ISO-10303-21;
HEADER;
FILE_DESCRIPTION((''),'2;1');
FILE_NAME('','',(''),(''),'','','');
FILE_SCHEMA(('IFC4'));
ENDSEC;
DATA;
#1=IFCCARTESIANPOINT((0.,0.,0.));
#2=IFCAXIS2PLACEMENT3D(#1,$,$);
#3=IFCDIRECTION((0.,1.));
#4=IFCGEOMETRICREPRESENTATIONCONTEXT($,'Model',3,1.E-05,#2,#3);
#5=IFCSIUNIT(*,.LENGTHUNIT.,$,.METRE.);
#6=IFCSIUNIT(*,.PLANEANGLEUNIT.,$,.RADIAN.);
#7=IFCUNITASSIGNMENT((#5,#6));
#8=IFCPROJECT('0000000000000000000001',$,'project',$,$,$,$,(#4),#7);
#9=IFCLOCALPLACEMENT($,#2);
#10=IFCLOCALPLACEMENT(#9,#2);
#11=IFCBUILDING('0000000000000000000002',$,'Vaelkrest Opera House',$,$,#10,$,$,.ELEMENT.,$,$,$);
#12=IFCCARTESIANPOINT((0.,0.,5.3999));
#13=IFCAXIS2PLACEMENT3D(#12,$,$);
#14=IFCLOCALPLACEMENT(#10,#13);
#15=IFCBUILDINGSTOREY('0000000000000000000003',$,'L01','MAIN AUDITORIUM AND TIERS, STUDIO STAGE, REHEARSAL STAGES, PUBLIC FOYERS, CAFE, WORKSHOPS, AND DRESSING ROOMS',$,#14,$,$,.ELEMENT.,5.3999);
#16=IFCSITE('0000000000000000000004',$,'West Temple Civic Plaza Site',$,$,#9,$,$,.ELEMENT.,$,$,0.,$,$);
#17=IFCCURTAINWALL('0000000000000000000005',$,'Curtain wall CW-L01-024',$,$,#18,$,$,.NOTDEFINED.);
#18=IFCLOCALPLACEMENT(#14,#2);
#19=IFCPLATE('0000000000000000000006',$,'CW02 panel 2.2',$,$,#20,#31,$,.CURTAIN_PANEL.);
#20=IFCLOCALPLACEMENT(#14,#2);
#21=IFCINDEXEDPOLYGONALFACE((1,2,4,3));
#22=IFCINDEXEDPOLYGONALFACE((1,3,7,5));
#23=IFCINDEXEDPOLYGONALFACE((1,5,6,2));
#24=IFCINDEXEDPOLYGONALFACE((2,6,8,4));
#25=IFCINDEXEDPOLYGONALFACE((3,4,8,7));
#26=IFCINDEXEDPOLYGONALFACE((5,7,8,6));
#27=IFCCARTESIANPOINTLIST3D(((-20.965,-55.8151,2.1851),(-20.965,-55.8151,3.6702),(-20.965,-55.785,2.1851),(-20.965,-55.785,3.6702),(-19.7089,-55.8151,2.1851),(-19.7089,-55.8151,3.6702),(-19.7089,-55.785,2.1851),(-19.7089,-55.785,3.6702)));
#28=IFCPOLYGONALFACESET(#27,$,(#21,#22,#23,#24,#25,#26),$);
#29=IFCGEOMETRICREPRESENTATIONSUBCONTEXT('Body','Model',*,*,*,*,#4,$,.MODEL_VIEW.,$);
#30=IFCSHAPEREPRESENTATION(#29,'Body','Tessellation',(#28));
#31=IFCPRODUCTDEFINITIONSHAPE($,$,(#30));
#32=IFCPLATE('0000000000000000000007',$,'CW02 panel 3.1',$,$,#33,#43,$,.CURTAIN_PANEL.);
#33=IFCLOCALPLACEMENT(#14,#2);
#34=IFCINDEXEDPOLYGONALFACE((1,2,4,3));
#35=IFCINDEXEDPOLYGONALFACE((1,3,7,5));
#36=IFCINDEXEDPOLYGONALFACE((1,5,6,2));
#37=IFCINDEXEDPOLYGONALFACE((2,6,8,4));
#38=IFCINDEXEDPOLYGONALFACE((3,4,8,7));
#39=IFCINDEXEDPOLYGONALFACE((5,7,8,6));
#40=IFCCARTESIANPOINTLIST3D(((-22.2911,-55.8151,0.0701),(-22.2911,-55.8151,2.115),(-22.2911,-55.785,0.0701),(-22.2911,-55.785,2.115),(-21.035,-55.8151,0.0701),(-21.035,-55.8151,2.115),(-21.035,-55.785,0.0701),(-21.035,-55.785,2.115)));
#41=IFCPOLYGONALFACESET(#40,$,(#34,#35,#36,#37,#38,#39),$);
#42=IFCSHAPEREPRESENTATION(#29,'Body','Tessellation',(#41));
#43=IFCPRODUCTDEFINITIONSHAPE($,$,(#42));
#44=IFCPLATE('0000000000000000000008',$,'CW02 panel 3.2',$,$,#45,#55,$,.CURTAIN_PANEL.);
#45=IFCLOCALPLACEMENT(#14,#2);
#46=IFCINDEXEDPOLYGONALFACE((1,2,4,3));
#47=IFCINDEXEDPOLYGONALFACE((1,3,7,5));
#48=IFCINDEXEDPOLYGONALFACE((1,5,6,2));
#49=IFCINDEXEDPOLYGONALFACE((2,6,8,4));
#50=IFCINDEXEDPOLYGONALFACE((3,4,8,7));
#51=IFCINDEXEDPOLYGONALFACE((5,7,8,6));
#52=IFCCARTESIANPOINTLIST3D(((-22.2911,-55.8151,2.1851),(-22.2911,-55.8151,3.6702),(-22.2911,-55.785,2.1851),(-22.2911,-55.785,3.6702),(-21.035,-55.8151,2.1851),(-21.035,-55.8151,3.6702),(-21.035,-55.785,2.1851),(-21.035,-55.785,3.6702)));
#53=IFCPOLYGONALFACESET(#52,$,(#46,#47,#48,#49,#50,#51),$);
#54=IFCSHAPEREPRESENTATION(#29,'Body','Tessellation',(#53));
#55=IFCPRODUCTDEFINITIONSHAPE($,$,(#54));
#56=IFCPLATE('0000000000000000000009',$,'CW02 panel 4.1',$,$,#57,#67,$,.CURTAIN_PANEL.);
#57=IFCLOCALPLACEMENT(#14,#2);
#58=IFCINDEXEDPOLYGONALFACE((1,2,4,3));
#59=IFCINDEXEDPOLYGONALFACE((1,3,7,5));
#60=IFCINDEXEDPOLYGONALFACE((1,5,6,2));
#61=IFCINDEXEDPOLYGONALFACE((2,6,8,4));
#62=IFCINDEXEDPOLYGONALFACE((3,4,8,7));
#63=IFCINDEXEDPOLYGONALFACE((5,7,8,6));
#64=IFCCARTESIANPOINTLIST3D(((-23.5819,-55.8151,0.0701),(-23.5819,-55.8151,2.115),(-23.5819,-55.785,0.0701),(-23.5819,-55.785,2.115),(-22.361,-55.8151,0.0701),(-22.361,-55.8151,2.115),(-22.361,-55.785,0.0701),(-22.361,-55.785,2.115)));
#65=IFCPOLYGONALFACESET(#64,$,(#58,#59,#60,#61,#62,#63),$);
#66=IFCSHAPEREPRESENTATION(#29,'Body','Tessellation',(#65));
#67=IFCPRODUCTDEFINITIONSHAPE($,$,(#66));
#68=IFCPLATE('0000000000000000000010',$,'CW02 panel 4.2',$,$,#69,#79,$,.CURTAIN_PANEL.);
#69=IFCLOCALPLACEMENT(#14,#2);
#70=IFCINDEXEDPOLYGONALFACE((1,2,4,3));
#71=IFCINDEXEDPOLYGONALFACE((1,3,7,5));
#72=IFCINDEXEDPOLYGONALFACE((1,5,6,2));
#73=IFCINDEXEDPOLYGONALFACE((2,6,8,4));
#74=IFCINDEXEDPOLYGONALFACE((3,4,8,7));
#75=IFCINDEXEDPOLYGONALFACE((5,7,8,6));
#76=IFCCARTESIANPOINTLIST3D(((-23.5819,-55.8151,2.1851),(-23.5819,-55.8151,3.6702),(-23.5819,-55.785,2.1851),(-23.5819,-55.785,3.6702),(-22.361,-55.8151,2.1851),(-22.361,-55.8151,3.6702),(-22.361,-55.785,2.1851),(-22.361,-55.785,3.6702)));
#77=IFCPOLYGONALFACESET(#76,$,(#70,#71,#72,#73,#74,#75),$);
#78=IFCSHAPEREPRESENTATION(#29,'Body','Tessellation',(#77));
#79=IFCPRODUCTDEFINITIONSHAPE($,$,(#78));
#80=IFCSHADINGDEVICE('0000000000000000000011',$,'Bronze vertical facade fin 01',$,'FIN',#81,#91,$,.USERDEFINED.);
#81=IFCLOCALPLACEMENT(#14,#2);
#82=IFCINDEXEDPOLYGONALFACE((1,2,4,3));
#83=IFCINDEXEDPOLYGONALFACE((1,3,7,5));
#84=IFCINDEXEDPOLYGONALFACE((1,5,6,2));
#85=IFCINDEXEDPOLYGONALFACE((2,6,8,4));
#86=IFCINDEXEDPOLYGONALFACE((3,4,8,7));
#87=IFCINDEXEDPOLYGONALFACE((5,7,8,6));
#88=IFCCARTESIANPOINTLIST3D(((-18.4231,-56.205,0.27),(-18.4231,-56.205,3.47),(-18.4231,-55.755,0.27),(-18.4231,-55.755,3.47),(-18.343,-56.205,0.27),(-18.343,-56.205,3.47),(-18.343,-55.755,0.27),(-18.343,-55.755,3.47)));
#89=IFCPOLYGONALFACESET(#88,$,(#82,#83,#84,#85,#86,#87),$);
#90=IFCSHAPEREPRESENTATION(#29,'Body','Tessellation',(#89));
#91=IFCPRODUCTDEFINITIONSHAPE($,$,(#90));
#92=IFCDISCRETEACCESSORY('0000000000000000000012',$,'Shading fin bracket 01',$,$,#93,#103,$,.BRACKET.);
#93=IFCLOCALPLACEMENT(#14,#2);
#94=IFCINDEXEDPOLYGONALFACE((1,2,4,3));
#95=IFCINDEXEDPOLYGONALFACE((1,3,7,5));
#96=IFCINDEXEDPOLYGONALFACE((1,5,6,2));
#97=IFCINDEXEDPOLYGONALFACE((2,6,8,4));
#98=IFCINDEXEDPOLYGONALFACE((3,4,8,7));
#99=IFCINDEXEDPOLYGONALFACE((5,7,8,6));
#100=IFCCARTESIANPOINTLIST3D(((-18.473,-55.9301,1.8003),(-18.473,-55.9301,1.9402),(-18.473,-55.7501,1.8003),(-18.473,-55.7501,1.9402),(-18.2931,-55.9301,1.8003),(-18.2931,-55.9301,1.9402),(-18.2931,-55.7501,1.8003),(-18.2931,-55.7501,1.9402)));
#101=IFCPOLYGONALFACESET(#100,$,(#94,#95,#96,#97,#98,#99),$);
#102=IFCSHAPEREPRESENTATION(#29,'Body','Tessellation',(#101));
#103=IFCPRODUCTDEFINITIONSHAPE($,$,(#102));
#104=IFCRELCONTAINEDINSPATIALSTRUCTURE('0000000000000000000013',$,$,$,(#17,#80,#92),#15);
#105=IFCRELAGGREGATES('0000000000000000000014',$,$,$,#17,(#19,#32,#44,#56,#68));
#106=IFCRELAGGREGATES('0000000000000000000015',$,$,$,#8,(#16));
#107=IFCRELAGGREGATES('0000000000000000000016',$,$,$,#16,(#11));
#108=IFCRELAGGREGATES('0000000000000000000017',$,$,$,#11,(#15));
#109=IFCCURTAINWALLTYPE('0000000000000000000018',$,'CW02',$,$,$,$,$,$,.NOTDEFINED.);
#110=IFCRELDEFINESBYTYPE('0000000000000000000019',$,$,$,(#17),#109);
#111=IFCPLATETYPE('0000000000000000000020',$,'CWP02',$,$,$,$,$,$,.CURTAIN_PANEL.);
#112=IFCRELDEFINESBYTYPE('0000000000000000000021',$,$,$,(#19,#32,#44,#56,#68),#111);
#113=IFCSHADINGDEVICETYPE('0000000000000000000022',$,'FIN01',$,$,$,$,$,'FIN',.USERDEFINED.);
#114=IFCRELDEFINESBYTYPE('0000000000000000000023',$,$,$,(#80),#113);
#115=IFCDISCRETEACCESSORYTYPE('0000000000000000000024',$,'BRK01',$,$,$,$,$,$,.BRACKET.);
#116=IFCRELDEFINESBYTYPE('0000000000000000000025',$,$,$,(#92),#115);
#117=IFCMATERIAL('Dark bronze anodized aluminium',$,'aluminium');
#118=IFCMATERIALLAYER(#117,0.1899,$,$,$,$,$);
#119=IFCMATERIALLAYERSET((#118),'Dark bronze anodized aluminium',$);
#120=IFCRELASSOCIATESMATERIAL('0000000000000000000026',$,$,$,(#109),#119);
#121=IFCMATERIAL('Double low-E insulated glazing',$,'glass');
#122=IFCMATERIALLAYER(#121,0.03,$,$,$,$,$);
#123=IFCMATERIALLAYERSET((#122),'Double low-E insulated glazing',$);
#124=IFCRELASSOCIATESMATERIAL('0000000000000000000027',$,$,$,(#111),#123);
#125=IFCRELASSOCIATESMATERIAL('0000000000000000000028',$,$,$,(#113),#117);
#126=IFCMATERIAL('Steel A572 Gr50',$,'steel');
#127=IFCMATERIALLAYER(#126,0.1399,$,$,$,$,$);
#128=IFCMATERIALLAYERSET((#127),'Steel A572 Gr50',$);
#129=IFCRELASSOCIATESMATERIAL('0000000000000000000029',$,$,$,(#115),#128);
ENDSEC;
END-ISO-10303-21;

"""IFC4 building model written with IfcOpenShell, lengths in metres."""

from ifc_helpers import new_model, si_unit, direction, frame, origin, origin_2d, place, context, subcontext, project, spatial, rectangle, extrude, material, layer, layer_set, type_object, element, aggregate, save


model = new_model("IFC4")

# Units and contexts
model_context = context("Model", 3, precision=1e-05, world=origin(), true_north=direction((0.0, 1.0)))
body_context = subcontext(model_context, "Body", "Model", "MODEL_VIEW")
ifc_project = project(units=[si_unit("LENGTHUNIT", "METRE"), si_unit("PLANEANGLEUNIT", "RADIAN")], contexts=[model_context])

# Site, building, storey
site_placement = place(None, origin())
site = spatial("IfcSite", under=ifc_project, at=site_placement, Name="West Temple Civic Plaza Site", CompositionType="ELEMENT", RefElevation=0.0)
building_placement = place(site_placement, origin())
building = spatial("IfcBuilding", under=site, at=building_placement, Name="Vaelkrest Opera House", CompositionType="ELEMENT")
storey_placement = place(building_placement, frame((0.0, 0.0, 5.3999)))
storey = spatial("IfcBuildingStorey", under=building, at=storey_placement, Name="L01", Description="MAIN AUDITORIUM AND TIERS, STUDIO STAGE, REHEARSAL STAGES, PUBLIC FOYERS, CAFE, WORKSHOPS, AND DRESSING ROOMS", CompositionType="ELEMENT", Elevation=5.3999)

# Curtain wall
ifc_material_1 = material(Name="Dark bronze anodized aluminium", Category="aluminium")
ifc_layer_1 = layer(ifc_material_1, 0.1899)
ifc_layer_set_1 = layer_set([ifc_layer_1], Name="Dark bronze anodized aluminium")
curtain_wall_type = type_object("IfcCurtainWallType", Name="CW02", PredefinedType="NOTDEFINED", material=ifc_layer_set_1)
curtain_wall_placement = place(storey_placement, origin())
curtain_wall = element("IfcCurtainWall", 1, at=curtain_wall_placement, inside=storey, type_object=curtain_wall_type, Name="Curtain wall CW-L01-024", PredefinedType="NOTDEFINED")

# Plates
ifc_material_2 = material(Name="Double low-E insulated glazing", Category="glass")
ifc_layer_2 = layer(ifc_material_2, 0.03)
ifc_layer_set_2 = layer_set([ifc_layer_2], Name="Double low-E insulated glazing")
plate_type = type_object("IfcPlateType", Name="CWP02", PredefinedType="CURTAIN_PANEL", material=ifc_layer_set_2)
plate_1_placement = place(storey_placement, frame((-20.3369, -55.8, 2.1851), z_axis=(0.0, 0.0, 1.0), x_axis=(-1.0, 0.0, 0.0)))
plate_1 = element("IfcPlate", 2, at=plate_1_placement, type_object=plate_type, Name="CW02 panel 2.2", PredefinedType="CURTAIN_PANEL", context=body_context, shape_type="SweptSolid", body=[
    extrude(rectangle(XDim=1.2561, YDim=0.03, at=origin_2d()), origin(), (0.0, 0.0, 1.0), 1.4851),
])
plate_2_placement = place(storey_placement, frame((-21.6631, -55.8, 0.0701), z_axis=(0.0, 0.0, 1.0), x_axis=(-1.0, 0.0, 0.0)))
plate_2 = element("IfcPlate", 3, at=plate_2_placement, type_object=plate_type, Name="CW02 panel 3.1", PredefinedType="CURTAIN_PANEL", context=body_context, shape_type="SweptSolid", body=[
    extrude(rectangle(XDim=1.2561, YDim=0.03, at=origin_2d()), origin(), (0.0, 0.0, 1.0), 2.0449),
])
plate_3_placement = place(storey_placement, frame((-21.6631, -55.8, 2.1851), z_axis=(0.0, 0.0, 1.0), x_axis=(-1.0, 0.0, 0.0)))
plate_3 = element("IfcPlate", 4, at=plate_3_placement, type_object=plate_type, Name="CW02 panel 3.2", PredefinedType="CURTAIN_PANEL", context=body_context, shape_type="SweptSolid", body=[
    extrude(rectangle(XDim=1.2561, YDim=0.03, at=origin_2d()), origin(), (0.0, 0.0, 1.0), 1.4851),
])
plate_4_placement = place(storey_placement, frame((-22.9714, -55.8, 0.0701), z_axis=(0.0, 0.0, 1.0), x_axis=(-1.0, 0.0, 0.0)))
plate_4 = element("IfcPlate", 5, at=plate_4_placement, type_object=plate_type, Name="CW02 panel 4.1", PredefinedType="CURTAIN_PANEL", context=body_context, shape_type="SweptSolid", body=[
    extrude(rectangle(XDim=1.2209, YDim=0.03, at=origin_2d()), origin(), (0.0, 0.0, 1.0), 2.0449),
])
plate_5_placement = place(storey_placement, frame((-22.9714, -55.8, 2.1851), z_axis=(0.0, 0.0, 1.0), x_axis=(-1.0, 0.0, 0.0)))
plate_5 = element("IfcPlate", 6, at=plate_5_placement, type_object=plate_type, Name="CW02 panel 4.2", PredefinedType="CURTAIN_PANEL", context=body_context, shape_type="SweptSolid", body=[
    extrude(rectangle(XDim=1.2209, YDim=0.03, at=origin_2d()), origin(), (0.0, 0.0, 1.0), 1.4851),
])
aggregate(curtain_wall, [plate_1, plate_2, plate_3, plate_4, plate_5])

# Shading device
shading_device_type = type_object("IfcShadingDeviceType", Name="FIN01", ElementType="FIN", PredefinedType="USERDEFINED", material=ifc_material_1)
shading_device_placement = place(storey_placement, frame((-18.3831, -55.98, 0.27), z_axis=(0.0, 0.0, 1.0), x_axis=(0.0, -1.0, 0.0)))
element("IfcShadingDevice", 7, at=shading_device_placement, inside=storey, type_object=shading_device_type, Name="Bronze vertical facade fin 01", ObjectType="FIN", PredefinedType="USERDEFINED", context=body_context, shape_type="SweptSolid", body=[
    extrude(rectangle(XDim=0.45, YDim=0.0801, at=origin_2d()), origin(), (0.0, 0.0, 1.0), 3.2),
])

# Discrete accessory
ifc_material_3 = material(Name="Steel A572 Gr50", Category="steel")
ifc_layer_3 = layer(ifc_material_3, 0.1399)
ifc_layer_set_3 = layer_set([ifc_layer_3], Name="Steel A572 Gr50")
discrete_accessory_type = type_object("IfcDiscreteAccessoryType", Name="BRK01", PredefinedType="BRACKET", material=ifc_layer_set_3)
discrete_accessory_placement = place(storey_placement, frame((-18.3831, -55.8401, 1.8003), z_axis=(0.0, 0.0, 1.0), x_axis=(0.0, -1.0, 0.0)))
element("IfcDiscreteAccessory", 8, at=discrete_accessory_placement, inside=storey, type_object=discrete_accessory_type, Name="Shading fin bracket 01", PredefinedType="BRACKET", context=body_context, shape_type="SweptSolid", body=[
    extrude(rectangle(XDim=0.1799, YDim=0.1799, at=origin_2d()), origin(), (0.0, 0.0, 1.0), 0.1399),
])

save(model, "model.ifc")
